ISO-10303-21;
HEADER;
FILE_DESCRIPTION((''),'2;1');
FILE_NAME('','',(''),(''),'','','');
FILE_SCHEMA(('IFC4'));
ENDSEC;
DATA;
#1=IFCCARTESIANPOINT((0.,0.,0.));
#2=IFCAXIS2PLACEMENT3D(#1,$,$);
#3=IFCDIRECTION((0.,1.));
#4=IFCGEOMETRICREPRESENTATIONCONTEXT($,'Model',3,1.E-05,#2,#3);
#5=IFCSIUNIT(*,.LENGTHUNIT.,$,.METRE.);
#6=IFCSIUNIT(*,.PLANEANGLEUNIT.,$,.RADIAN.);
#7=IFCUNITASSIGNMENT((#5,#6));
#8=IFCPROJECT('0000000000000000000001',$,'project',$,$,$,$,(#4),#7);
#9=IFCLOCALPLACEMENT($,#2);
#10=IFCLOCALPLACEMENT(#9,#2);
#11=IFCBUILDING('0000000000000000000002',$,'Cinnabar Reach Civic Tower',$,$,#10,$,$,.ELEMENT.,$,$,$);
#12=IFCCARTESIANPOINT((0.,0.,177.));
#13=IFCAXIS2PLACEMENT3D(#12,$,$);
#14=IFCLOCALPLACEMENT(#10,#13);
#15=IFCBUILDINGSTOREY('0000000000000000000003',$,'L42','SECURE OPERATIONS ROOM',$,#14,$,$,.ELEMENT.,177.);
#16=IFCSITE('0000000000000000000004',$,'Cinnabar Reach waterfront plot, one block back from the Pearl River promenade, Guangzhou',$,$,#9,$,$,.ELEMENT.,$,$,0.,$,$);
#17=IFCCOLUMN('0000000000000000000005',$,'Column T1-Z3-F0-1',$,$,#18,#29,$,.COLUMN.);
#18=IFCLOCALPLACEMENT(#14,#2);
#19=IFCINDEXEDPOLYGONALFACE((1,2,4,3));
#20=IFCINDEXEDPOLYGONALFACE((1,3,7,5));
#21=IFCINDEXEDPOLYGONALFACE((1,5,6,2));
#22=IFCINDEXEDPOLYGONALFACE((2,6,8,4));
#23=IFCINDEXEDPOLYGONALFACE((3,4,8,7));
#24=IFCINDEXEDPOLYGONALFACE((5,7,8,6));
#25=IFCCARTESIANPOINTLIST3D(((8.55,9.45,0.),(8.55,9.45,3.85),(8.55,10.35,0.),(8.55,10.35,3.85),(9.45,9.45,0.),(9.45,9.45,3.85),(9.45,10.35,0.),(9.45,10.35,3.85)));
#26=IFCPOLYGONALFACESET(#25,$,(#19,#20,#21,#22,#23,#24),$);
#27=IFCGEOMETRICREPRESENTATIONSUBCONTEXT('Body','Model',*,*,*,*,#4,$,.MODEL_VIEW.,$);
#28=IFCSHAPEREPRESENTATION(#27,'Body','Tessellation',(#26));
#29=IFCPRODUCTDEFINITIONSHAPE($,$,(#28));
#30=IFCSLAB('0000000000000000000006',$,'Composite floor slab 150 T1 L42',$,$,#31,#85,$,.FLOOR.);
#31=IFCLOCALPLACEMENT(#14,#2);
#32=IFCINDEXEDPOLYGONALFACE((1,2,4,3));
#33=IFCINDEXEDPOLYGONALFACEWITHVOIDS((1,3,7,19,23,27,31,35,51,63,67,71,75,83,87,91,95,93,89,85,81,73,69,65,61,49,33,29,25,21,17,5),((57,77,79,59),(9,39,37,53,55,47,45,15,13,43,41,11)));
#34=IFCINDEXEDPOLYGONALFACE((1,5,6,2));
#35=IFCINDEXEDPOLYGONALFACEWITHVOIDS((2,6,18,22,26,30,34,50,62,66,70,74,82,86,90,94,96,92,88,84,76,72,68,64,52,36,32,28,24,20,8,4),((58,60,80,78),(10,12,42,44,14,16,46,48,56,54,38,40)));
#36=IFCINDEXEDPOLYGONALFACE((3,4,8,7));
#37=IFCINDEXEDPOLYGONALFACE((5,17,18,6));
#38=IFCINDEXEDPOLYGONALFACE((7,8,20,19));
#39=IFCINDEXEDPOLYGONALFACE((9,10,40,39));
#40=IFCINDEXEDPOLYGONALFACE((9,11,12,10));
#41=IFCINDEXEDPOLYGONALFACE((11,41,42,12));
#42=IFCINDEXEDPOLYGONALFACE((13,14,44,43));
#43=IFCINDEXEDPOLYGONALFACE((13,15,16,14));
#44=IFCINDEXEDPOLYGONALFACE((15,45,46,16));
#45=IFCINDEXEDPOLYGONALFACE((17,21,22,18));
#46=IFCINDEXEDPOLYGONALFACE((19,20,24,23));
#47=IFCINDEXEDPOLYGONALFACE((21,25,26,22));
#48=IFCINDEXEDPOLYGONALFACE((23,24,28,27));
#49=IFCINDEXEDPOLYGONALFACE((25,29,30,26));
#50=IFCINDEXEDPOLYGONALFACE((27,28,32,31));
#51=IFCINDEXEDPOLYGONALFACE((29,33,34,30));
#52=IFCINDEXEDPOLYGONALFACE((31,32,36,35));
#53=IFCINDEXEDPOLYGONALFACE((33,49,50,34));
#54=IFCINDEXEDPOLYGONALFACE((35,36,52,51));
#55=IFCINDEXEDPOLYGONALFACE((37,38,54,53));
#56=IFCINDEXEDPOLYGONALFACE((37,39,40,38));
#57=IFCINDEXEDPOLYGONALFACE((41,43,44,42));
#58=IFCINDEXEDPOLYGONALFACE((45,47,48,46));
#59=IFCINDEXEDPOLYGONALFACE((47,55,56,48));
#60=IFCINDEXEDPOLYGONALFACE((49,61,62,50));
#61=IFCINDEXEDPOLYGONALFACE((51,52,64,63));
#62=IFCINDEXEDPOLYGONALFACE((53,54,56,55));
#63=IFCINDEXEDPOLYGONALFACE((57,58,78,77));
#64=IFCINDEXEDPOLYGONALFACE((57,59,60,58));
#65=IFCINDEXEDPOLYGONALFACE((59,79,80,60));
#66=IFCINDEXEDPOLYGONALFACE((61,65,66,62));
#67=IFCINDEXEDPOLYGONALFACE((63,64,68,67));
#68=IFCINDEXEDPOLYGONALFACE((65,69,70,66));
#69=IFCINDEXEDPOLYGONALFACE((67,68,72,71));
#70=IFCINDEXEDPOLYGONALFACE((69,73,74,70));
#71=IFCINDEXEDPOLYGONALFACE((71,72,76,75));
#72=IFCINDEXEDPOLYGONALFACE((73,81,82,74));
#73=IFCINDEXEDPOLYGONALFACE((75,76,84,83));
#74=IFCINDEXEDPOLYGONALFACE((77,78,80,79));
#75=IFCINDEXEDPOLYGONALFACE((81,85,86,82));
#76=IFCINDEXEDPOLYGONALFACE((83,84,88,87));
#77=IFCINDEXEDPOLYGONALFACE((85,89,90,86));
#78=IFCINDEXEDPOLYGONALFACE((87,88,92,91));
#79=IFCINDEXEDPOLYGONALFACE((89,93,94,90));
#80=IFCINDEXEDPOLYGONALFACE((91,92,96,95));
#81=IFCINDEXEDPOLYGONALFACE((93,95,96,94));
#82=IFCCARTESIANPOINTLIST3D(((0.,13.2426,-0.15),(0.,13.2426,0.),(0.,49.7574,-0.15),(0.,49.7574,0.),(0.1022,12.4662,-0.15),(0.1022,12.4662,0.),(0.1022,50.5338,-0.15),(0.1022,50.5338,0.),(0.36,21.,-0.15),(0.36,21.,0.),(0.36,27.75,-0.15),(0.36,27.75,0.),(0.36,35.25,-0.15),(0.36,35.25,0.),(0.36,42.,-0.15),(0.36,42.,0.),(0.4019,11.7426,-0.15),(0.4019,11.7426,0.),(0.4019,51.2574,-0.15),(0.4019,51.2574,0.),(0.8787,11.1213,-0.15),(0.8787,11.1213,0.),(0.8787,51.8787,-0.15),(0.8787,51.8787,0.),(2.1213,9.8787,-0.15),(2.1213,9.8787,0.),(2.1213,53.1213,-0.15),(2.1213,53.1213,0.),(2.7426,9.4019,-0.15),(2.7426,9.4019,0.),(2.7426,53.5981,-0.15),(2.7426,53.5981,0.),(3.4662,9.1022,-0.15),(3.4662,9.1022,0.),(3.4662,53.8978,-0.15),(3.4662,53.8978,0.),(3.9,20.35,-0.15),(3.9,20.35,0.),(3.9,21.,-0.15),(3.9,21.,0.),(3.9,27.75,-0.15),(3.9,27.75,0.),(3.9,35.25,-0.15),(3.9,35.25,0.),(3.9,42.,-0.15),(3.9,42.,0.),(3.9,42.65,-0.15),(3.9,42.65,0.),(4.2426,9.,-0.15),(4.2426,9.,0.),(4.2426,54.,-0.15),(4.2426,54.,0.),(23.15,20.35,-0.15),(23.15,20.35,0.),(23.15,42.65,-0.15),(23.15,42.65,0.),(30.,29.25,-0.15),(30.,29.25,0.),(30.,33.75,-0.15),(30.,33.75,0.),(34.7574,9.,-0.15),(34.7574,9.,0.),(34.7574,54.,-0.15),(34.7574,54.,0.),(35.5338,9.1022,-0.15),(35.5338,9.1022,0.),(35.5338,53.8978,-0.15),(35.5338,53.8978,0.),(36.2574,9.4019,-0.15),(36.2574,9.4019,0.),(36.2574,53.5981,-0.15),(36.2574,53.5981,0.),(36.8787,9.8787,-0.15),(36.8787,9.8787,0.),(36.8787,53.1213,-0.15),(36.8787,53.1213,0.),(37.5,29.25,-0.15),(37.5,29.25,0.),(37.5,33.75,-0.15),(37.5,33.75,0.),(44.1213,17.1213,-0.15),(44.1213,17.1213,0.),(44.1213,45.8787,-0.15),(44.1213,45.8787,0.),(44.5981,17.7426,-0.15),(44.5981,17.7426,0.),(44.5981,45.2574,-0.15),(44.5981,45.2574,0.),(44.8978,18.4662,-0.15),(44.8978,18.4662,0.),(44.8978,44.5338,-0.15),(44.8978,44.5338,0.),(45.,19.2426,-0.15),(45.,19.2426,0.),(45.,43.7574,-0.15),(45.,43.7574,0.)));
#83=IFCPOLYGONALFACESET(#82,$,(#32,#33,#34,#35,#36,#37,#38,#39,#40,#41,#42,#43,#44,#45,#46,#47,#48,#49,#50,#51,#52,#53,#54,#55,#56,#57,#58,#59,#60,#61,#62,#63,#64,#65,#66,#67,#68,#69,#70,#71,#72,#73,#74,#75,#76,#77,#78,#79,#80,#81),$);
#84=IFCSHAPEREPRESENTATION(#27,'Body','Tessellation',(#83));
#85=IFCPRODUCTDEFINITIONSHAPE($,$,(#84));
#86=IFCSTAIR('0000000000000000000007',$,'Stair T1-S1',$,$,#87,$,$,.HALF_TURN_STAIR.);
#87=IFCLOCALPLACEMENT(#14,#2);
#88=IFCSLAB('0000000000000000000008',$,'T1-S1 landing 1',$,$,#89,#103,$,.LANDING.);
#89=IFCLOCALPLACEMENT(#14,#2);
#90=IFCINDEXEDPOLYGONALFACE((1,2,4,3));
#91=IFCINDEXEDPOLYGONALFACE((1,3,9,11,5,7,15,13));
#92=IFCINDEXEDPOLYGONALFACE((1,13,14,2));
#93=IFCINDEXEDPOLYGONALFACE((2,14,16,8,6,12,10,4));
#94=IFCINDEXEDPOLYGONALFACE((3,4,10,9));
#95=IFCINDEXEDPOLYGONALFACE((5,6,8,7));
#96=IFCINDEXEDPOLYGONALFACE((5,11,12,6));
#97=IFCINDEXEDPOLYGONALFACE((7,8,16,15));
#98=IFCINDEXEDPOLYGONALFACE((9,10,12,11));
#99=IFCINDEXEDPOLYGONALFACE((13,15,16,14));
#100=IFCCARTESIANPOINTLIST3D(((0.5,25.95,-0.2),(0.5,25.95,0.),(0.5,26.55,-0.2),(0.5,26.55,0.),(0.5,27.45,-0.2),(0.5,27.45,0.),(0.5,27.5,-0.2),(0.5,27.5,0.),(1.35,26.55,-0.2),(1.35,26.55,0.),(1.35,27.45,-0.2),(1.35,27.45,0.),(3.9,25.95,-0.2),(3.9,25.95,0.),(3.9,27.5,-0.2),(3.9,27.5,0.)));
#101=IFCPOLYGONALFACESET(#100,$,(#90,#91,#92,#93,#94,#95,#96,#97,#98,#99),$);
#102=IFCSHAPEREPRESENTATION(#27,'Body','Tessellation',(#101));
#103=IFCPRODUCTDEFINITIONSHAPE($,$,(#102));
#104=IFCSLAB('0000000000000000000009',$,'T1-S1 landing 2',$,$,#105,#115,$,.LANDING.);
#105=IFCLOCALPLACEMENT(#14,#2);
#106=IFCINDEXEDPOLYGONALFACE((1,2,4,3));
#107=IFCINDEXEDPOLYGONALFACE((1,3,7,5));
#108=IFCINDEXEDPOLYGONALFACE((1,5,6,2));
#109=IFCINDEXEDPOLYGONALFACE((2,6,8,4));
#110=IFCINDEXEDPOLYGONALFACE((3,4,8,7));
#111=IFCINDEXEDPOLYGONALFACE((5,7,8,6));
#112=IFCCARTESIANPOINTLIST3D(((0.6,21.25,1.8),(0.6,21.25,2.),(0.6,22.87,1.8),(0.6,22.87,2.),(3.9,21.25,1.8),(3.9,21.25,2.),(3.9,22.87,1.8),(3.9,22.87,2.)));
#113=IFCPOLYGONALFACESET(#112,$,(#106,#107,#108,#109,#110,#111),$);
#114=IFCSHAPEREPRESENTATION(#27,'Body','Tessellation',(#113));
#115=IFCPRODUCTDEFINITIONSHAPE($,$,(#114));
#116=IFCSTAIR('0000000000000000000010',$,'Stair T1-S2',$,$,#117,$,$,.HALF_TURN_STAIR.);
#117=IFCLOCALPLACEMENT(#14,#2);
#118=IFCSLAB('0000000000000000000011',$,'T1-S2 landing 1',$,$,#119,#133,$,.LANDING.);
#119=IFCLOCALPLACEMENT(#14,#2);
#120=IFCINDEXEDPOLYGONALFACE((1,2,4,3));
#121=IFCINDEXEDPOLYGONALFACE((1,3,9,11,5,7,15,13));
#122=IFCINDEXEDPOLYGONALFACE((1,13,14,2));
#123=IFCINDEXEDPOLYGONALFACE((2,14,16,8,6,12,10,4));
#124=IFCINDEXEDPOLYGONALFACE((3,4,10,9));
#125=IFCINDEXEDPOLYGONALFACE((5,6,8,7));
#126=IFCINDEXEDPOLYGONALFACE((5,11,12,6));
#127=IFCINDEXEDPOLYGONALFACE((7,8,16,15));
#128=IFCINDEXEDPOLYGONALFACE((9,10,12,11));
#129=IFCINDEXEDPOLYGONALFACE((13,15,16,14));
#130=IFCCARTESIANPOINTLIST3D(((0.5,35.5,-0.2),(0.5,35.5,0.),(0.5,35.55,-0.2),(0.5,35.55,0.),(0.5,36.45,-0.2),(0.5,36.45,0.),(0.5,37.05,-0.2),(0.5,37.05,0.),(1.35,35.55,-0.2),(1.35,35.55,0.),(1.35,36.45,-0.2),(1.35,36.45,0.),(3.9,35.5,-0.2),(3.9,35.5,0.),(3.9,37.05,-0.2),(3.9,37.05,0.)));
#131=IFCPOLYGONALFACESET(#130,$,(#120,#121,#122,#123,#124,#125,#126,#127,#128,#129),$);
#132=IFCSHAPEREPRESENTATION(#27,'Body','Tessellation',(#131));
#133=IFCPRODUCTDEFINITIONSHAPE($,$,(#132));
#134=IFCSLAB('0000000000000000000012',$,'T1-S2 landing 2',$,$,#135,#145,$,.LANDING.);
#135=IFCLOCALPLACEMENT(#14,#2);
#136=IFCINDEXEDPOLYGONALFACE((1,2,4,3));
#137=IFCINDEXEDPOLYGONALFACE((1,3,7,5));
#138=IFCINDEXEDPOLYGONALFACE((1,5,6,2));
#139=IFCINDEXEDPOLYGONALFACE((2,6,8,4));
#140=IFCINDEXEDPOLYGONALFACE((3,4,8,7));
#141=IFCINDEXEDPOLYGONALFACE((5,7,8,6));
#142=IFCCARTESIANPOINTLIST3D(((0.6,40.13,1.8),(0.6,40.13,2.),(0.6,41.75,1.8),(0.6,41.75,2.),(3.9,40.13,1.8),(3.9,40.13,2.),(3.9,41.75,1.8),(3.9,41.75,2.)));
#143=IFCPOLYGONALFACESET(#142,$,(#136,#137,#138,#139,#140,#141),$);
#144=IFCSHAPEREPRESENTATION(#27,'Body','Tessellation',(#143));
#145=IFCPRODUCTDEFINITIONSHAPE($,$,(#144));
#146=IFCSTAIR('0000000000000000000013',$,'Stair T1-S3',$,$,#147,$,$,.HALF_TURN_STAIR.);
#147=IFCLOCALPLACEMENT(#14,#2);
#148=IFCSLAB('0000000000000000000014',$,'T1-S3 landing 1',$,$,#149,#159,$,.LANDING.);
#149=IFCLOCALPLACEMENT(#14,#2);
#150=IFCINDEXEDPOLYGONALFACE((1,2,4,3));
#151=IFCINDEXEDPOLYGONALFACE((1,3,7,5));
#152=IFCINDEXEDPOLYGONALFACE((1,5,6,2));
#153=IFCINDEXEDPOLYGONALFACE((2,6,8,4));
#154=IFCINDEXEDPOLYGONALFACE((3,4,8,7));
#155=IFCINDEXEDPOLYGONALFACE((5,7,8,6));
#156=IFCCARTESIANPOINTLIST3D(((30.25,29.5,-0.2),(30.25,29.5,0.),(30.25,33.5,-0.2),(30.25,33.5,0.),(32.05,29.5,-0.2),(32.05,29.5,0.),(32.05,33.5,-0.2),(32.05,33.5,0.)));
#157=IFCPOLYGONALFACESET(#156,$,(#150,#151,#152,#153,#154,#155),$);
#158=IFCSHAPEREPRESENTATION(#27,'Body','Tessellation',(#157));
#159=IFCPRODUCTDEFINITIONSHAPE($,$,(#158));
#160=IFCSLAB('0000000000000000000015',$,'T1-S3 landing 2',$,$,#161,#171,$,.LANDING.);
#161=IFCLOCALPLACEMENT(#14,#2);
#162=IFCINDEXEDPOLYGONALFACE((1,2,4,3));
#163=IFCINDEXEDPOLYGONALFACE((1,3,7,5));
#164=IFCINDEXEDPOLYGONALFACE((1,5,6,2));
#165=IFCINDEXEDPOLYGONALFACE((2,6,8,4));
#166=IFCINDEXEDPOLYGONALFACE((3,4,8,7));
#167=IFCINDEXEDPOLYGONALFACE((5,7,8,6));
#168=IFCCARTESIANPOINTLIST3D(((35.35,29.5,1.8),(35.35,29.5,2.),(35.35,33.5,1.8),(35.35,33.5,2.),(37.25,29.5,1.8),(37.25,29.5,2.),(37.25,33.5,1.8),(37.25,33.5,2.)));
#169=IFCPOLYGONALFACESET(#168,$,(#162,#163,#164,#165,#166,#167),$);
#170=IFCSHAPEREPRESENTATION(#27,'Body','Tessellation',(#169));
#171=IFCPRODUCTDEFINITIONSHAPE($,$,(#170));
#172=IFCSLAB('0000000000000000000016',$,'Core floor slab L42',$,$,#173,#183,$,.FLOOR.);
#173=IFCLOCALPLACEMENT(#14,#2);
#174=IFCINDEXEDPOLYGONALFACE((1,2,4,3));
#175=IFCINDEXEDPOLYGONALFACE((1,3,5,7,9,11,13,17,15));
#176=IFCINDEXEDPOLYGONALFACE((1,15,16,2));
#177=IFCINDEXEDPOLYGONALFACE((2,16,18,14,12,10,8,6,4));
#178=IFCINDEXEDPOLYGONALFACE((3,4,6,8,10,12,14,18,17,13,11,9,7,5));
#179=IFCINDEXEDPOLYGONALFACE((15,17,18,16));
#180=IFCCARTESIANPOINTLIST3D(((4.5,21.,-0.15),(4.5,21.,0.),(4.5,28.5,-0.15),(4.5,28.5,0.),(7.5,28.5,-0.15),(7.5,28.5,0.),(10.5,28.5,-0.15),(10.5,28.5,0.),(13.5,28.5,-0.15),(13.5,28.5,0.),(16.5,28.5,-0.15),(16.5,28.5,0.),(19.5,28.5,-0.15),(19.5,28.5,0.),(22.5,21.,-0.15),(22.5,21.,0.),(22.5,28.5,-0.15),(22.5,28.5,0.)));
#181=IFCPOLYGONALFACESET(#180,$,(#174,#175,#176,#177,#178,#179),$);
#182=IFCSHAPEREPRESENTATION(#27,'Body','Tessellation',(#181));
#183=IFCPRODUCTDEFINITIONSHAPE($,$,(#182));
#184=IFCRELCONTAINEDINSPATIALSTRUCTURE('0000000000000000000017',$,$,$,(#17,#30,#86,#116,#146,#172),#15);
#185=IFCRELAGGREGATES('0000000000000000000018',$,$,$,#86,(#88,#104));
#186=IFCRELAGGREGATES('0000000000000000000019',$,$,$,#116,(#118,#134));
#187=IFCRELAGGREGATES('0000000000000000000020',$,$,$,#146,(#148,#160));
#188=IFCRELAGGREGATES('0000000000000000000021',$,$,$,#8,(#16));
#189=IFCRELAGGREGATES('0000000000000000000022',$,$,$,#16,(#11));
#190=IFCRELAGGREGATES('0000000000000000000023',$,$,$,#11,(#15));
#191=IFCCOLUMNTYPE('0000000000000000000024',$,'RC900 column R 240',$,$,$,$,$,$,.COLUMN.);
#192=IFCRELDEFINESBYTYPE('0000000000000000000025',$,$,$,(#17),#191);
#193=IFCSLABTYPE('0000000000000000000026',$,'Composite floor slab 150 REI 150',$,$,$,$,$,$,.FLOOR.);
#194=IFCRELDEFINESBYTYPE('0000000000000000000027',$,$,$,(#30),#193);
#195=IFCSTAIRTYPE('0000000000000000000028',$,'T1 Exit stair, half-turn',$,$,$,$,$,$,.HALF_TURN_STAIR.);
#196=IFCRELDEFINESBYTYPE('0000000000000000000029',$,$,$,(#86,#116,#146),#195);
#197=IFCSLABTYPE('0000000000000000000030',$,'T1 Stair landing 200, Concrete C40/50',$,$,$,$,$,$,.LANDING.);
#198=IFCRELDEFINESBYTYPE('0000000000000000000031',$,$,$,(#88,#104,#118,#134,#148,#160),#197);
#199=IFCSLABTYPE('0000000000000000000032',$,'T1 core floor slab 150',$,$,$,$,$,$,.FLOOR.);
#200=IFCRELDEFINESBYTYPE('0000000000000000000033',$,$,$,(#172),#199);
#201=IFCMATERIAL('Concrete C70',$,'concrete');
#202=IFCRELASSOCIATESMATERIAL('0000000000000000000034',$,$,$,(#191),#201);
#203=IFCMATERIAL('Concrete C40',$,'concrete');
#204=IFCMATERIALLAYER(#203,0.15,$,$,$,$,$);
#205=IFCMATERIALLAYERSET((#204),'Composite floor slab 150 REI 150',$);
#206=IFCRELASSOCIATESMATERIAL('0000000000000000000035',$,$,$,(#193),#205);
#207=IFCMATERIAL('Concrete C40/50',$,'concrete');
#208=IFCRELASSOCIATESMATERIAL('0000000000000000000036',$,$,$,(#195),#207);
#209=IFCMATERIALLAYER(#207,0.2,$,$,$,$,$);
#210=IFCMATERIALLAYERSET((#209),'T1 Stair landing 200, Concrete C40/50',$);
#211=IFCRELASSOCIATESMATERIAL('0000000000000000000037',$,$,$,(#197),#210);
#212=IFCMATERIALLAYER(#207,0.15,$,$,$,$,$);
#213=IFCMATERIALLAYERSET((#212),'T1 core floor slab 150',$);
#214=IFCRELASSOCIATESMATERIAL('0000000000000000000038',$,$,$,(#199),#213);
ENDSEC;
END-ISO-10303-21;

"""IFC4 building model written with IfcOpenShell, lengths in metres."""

from ifc_helpers import new_model, si_unit, direction, frame, origin, origin_2d, place, context, subcontext, project, spatial, polyline, rectangle, outline, extrude, material, layer, layer_set, material_profile, profile_set, type_object, element, aggregate, save


model = new_model("IFC4")

# Units and contexts
model_context = context("Model", 3, precision=1e-05, world=origin(), true_north=direction((0.0, 1.0)))
body_context = subcontext(model_context, "Body", "Model", "MODEL_VIEW")
ifc_project = project(units=[si_unit("LENGTHUNIT", "METRE"), si_unit("PLANEANGLEUNIT", "RADIAN")], contexts=[model_context])

# Site, building, storey
site_placement = place(None, origin())
site = spatial("IfcSite", under=ifc_project, at=site_placement, Name="Cinnabar Reach waterfront plot, one block back from the Pearl River promenade, Guangzhou", CompositionType="ELEMENT", RefElevation=0.0)
building_placement = place(site_placement, origin())
building = spatial("IfcBuilding", under=site, at=building_placement, Name="Cinnabar Reach Civic Tower", CompositionType="ELEMENT")
storey_placement = place(building_placement, frame((0.0, 0.0, 177.0)))
storey = spatial("IfcBuildingStorey", under=building, at=storey_placement, Name="L42", Description="SECURE OPERATIONS ROOM", CompositionType="ELEMENT", Elevation=177.0)

# Column
ifc_material_1 = material(Name="Concrete C70", Category="concrete")
ifc_material_profile = material_profile(ifc_material_1, rectangle(XDim=0.9, YDim=0.9, at=origin_2d()), Name="RC900")
ifc_profile_set = profile_set([ifc_material_profile], Name="Concrete C70")
column_type = type_object("IfcColumnType", Name="RC900 column R 240", PredefinedType="COLUMN", material=ifc_profile_set)
column_placement = place(storey_placement, frame((9.0, 9.9, 0.0), z_axis=(0.0, 0.0, 1.0), x_axis=(1.0, 0.0, 0.0)))
element("IfcColumn", 1, at=column_placement, inside=storey, type_object=column_type, Name="Column T1-Z3-F0-1", PredefinedType="COLUMN", context=body_context, shape_type="SweptSolid", body=[
    extrude(rectangle(XDim=0.9, YDim=0.9, at=origin_2d()), origin(), (0.0, 0.0, 1.0), 3.85),
])

# Slab
ifc_material_2 = material(Name="Concrete C40", Category="concrete")
ifc_layer_1 = layer(ifc_material_2, 0.15)
ifc_layer_set_1 = layer_set([ifc_layer_1], Name="Composite floor slab 150 REI 150")
slab_type_1 = type_object("IfcSlabType", Name="Composite floor slab 150 REI 150", PredefinedType="FLOOR", material=ifc_layer_set_1)
slab_1_placement = place(storey_placement, frame((0.0, 0.0, -0.15)))
element("IfcSlab", 2, at=slab_1_placement, inside=storey, type_object=slab_type_1, Name="Composite floor slab 150 T1 L42", PredefinedType="FLOOR", context=body_context, shape_type="SweptSolid", body=[
    extrude(outline(polyline([(0.8787, 11.1213), (0.4019, 11.7426), (0.1022, 12.4662), (0.0, 13.2426), (0.0, 49.7574), (0.1022, 50.5338), (0.4019, 51.2574), (0.8787, 51.8787), (2.1213, 53.1213), (2.7426, 53.5981), (3.4662, 53.8978), (4.2426, 54.0), (34.7574, 54.0), (35.5338, 53.8978), (36.2574, 53.5981), (36.8787, 53.1213), (44.1213, 45.8787), (44.5981, 45.2574), (44.8978, 44.5338), (45.0, 43.7574), (45.0, 19.2426), (44.8978, 18.4662), (44.5981, 17.7426), (44.1213, 17.1213), (36.8787, 9.8787), (36.2574, 9.4019), (35.5338, 9.1022), (34.7574, 9.0), (4.2426, 9.0), (3.4662, 9.1022), (2.7426, 9.4019), (2.1213, 9.8787), (0.8787, 11.1213)]), holes=[polyline([(0.36, 21.0), (3.9, 21.0), (3.9, 20.35), (23.15, 20.35), (23.15, 42.65), (3.9, 42.65), (3.9, 42.0), (0.36, 42.0), (0.36, 35.25), (3.9, 35.25), (3.9, 27.75), (0.36, 27.75), (0.36, 21.0)]), polyline([(30.0, 33.75), (30.0, 29.25), (37.5, 29.25), (37.5, 33.75), (30.0, 33.75)])]), origin(), (0.0, 0.0, 1.0), 0.15),
])

# Stairs, slabs
ifc_material_3 = material(Name="Concrete C40/50", Category="concrete")
stair_type = type_object("IfcStairType", Name="T1 Exit stair, half-turn", PredefinedType="HALF_TURN_STAIR", material=ifc_material_3)
stair_1_placement = place(storey_placement, origin())
stair_1 = element("IfcStair", 3, at=stair_1_placement, inside=storey, type_object=stair_type, Name="Stair T1-S1", PredefinedType="HALF_TURN_STAIR")
ifc_layer_2 = layer(ifc_material_3, 0.2)
ifc_layer_set_2 = layer_set([ifc_layer_2], Name="T1 Stair landing 200, Concrete C40/50")
slab_type_2 = type_object("IfcSlabType", Name="T1 Stair landing 200, Concrete C40/50", PredefinedType="LANDING", material=ifc_layer_set_2)
slab_2_placement = place(storey_placement, frame((0.0, 0.0, -0.2)))
slab_2 = element("IfcSlab", 4, at=slab_2_placement, type_object=slab_type_2, Name="T1-S1 landing 1", PredefinedType="LANDING", context=body_context, shape_type="SweptSolid", body=[
    extrude(outline(polyline([(0.5, 27.5), (3.9, 27.5), (3.9, 25.95), (0.5, 25.95), (0.5, 26.55), (1.35, 26.55), (1.35, 27.45), (0.5, 27.45), (0.5, 27.5)])), origin(), (0.0, 0.0, 1.0), 0.2),
])
slab_3_placement = place(storey_placement, frame((0.0, 0.0, 1.8)))
slab_3 = element("IfcSlab", 5, at=slab_3_placement, type_object=slab_type_2, Name="T1-S1 landing 2", PredefinedType="LANDING", context=body_context, shape_type="SweptSolid", body=[
    extrude(outline(polyline([(0.6, 21.25), (0.6, 22.87), (3.9, 22.87), (3.9, 21.25), (0.6, 21.25)])), origin(), (0.0, 0.0, 1.0), 0.2),
])
aggregate(stair_1, [slab_2, slab_3])
stair_2_placement = place(storey_placement, origin())
stair_2 = element("IfcStair", 6, at=stair_2_placement, inside=storey, type_object=stair_type, Name="Stair T1-S2", PredefinedType="HALF_TURN_STAIR")
slab_4_placement = place(storey_placement, frame((0.0, 0.0, -0.2)))
slab_4 = element("IfcSlab", 7, at=slab_4_placement, type_object=slab_type_2, Name="T1-S2 landing 1", PredefinedType="LANDING", context=body_context, shape_type="SweptSolid", body=[
    extrude(outline(polyline([(0.5, 37.05), (3.9, 37.05), (3.9, 35.5), (0.5, 35.5), (0.5, 35.55), (1.35, 35.55), (1.35, 36.45), (0.5, 36.45), (0.5, 37.05)])), origin(), (0.0, 0.0, 1.0), 0.2),
])
slab_5_placement = place(storey_placement, frame((0.0, 0.0, 1.8)))
slab_5 = element("IfcSlab", 8, at=slab_5_placement, type_object=slab_type_2, Name="T1-S2 landing 2", PredefinedType="LANDING", context=body_context, shape_type="SweptSolid", body=[
    extrude(outline(polyline([(0.6, 40.13), (0.6, 41.75), (3.9, 41.75), (3.9, 40.13), (0.6, 40.13)])), origin(), (0.0, 0.0, 1.0), 0.2),
])
aggregate(stair_2, [slab_4, slab_5])
stair_3_placement = place(storey_placement, origin())
stair_3 = element("IfcStair", 9, at=stair_3_placement, inside=storey, type_object=stair_type, Name="Stair T1-S3", PredefinedType="HALF_TURN_STAIR")
slab_6_placement = place(storey_placement, frame((0.0, 0.0, -0.2)))
slab_6 = element("IfcSlab", 10, at=slab_6_placement, type_object=slab_type_2, Name="T1-S3 landing 1", PredefinedType="LANDING", context=body_context, shape_type="SweptSolid", body=[
    extrude(outline(polyline([(30.25, 29.5), (32.05, 29.5), (32.05, 33.5), (30.25, 33.5), (30.25, 29.5)])), origin(), (0.0, 0.0, 1.0), 0.2),
])
slab_7_placement = place(storey_placement, frame((0.0, 0.0, 1.8)))
slab_7 = element("IfcSlab", 11, at=slab_7_placement, type_object=slab_type_2, Name="T1-S3 landing 2", PredefinedType="LANDING", context=body_context, shape_type="SweptSolid", body=[
    extrude(outline(polyline([(35.35, 29.5), (37.25, 29.5), (37.25, 33.5), (35.35, 33.5), (35.35, 29.5)])), origin(), (0.0, 0.0, 1.0), 0.2),
])
aggregate(stair_3, [slab_6, slab_7])

# Slab
ifc_layer_3 = layer(ifc_material_3, 0.15)
ifc_layer_set_3 = layer_set([ifc_layer_3], Name="T1 core floor slab 150")
slab_type_3 = type_object("IfcSlabType", Name="T1 core floor slab 150", PredefinedType="FLOOR", material=ifc_layer_set_3)
slab_8_placement = place(storey_placement, frame((0.0, 0.0, -0.15)))
element("IfcSlab", 12, at=slab_8_placement, inside=storey, type_object=slab_type_3, Name="Core floor slab L42", PredefinedType="FLOOR", context=body_context, shape_type="SweptSolid", body=[
    extrude(outline(polyline([(22.5, 21.0), (4.5, 21.0), (4.5, 28.5), (7.5, 28.5), (10.5, 28.5), (13.5, 28.5), (16.5, 28.5), (19.5, 28.5), (22.5, 28.5), (22.5, 21.0)])), origin(), (0.0, 0.0, 1.0), 0.15),
])

save(model, "model.ifc")
